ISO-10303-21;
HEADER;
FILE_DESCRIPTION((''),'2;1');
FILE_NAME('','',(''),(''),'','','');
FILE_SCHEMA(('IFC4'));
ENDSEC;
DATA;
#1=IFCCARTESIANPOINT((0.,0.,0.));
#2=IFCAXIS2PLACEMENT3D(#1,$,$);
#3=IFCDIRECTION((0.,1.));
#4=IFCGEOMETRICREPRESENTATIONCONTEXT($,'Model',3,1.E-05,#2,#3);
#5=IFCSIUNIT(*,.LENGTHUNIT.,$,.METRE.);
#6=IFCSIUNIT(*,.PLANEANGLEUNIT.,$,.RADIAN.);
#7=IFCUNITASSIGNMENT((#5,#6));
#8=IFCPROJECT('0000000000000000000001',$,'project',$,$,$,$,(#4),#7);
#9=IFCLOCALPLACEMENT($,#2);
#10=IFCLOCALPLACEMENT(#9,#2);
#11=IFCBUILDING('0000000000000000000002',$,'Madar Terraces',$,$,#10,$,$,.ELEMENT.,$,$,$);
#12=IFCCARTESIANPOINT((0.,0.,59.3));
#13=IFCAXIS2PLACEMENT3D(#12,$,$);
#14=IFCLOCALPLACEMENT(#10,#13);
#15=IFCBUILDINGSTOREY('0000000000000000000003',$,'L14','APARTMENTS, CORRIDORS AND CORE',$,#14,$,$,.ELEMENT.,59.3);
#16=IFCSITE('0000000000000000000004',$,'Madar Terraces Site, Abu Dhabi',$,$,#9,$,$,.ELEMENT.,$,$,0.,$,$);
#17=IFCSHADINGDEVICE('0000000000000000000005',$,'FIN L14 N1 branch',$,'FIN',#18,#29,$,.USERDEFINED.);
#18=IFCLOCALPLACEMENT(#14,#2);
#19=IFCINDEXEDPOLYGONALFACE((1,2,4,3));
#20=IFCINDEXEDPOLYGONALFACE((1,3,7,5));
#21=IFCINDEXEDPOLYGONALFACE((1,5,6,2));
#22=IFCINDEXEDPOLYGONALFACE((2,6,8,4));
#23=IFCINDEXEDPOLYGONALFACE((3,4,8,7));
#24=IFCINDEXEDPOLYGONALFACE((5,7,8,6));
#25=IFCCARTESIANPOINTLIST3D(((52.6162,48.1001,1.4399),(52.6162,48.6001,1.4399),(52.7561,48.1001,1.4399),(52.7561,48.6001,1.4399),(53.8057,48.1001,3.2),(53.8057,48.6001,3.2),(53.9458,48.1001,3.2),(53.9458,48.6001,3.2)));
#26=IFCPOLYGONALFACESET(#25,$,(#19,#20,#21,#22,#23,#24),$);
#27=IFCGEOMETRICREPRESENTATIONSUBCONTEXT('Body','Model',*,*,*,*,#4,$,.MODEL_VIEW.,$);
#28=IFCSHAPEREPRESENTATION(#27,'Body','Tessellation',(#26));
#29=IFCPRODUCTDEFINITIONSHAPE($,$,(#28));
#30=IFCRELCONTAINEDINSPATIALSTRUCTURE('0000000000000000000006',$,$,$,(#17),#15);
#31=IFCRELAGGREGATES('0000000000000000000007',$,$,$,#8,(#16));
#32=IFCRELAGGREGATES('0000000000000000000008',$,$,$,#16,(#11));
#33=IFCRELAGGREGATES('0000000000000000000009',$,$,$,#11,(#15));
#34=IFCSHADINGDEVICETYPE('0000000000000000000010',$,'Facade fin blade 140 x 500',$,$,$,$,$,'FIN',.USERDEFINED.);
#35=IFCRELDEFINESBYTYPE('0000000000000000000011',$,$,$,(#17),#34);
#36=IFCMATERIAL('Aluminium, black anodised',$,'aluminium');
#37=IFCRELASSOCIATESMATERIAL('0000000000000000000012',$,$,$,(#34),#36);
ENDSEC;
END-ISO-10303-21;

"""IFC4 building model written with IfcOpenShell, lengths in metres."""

from ifc_helpers import new_model, si_unit, direction, frame, origin, place, context, subcontext, project, spatial, polyline, outline, extrude, material, type_object, element, save


model = new_model("IFC4")

# Units and contexts
model_context = context("Model", 3, precision=1e-05, world=origin(), true_north=direction((0.0, 1.0)))
body_context = subcontext(model_context, "Body", "Model", "MODEL_VIEW")
ifc_project = project(units=[si_unit("LENGTHUNIT", "METRE"), si_unit("PLANEANGLEUNIT", "RADIAN")], contexts=[model_context])

# Site, building, storey
site_placement = place(None, origin())
site = spatial("IfcSite", under=ifc_project, at=site_placement, Name="Madar Terraces Site, Abu Dhabi", CompositionType="ELEMENT", RefElevation=0.0)
building_placement = place(site_placement, origin())
building = spatial("IfcBuilding", under=site, at=building_placement, Name="Madar Terraces", CompositionType="ELEMENT")
storey_placement = place(building_placement, frame((0.0, 0.0, 59.3)))
storey = spatial("IfcBuildingStorey", under=building, at=storey_placement, Name="L14", Description="APARTMENTS, CORRIDORS AND CORE", CompositionType="ELEMENT", Elevation=59.3)

# Shading device
ifc_material_1 = material(Name="Aluminium, black anodised", Category="aluminium")
shading_device_type = type_object("IfcShadingDeviceType", Name="Facade fin blade 140 x 500", ElementType="FIN", PredefinedType="USERDEFINED", material=ifc_material_1)
shading_device_1_placement = place(storey_placement, frame((52.7561, 48.3501, 1.4399), z_axis=(0.0, 0.0, 1.0), x_axis=(-1.0, 0.0, 0.0)))
element("IfcShadingDevice", 1, at=shading_device_1_placement, inside=storey, type_object=shading_device_type, Name="FIN L14 N1 branch", ObjectType="FIN", PredefinedType="USERDEFINED", context=body_context, shape_type="SweptSolid", body=[
    extrude(outline(polyline([(0.0, 0.0), (0.1399, 0.0), (-1.0496, 1.76), (-1.1897, 1.76), (0.0, 0.0)])), frame((0.0, 0.25, 0.0), z_axis=(0.0, -1.0, 0.0), x_axis=(1.0, 0.0, 0.0)), (0.0, 0.0, 1.0), 0.5),
])

save(model, "model.ifc")
